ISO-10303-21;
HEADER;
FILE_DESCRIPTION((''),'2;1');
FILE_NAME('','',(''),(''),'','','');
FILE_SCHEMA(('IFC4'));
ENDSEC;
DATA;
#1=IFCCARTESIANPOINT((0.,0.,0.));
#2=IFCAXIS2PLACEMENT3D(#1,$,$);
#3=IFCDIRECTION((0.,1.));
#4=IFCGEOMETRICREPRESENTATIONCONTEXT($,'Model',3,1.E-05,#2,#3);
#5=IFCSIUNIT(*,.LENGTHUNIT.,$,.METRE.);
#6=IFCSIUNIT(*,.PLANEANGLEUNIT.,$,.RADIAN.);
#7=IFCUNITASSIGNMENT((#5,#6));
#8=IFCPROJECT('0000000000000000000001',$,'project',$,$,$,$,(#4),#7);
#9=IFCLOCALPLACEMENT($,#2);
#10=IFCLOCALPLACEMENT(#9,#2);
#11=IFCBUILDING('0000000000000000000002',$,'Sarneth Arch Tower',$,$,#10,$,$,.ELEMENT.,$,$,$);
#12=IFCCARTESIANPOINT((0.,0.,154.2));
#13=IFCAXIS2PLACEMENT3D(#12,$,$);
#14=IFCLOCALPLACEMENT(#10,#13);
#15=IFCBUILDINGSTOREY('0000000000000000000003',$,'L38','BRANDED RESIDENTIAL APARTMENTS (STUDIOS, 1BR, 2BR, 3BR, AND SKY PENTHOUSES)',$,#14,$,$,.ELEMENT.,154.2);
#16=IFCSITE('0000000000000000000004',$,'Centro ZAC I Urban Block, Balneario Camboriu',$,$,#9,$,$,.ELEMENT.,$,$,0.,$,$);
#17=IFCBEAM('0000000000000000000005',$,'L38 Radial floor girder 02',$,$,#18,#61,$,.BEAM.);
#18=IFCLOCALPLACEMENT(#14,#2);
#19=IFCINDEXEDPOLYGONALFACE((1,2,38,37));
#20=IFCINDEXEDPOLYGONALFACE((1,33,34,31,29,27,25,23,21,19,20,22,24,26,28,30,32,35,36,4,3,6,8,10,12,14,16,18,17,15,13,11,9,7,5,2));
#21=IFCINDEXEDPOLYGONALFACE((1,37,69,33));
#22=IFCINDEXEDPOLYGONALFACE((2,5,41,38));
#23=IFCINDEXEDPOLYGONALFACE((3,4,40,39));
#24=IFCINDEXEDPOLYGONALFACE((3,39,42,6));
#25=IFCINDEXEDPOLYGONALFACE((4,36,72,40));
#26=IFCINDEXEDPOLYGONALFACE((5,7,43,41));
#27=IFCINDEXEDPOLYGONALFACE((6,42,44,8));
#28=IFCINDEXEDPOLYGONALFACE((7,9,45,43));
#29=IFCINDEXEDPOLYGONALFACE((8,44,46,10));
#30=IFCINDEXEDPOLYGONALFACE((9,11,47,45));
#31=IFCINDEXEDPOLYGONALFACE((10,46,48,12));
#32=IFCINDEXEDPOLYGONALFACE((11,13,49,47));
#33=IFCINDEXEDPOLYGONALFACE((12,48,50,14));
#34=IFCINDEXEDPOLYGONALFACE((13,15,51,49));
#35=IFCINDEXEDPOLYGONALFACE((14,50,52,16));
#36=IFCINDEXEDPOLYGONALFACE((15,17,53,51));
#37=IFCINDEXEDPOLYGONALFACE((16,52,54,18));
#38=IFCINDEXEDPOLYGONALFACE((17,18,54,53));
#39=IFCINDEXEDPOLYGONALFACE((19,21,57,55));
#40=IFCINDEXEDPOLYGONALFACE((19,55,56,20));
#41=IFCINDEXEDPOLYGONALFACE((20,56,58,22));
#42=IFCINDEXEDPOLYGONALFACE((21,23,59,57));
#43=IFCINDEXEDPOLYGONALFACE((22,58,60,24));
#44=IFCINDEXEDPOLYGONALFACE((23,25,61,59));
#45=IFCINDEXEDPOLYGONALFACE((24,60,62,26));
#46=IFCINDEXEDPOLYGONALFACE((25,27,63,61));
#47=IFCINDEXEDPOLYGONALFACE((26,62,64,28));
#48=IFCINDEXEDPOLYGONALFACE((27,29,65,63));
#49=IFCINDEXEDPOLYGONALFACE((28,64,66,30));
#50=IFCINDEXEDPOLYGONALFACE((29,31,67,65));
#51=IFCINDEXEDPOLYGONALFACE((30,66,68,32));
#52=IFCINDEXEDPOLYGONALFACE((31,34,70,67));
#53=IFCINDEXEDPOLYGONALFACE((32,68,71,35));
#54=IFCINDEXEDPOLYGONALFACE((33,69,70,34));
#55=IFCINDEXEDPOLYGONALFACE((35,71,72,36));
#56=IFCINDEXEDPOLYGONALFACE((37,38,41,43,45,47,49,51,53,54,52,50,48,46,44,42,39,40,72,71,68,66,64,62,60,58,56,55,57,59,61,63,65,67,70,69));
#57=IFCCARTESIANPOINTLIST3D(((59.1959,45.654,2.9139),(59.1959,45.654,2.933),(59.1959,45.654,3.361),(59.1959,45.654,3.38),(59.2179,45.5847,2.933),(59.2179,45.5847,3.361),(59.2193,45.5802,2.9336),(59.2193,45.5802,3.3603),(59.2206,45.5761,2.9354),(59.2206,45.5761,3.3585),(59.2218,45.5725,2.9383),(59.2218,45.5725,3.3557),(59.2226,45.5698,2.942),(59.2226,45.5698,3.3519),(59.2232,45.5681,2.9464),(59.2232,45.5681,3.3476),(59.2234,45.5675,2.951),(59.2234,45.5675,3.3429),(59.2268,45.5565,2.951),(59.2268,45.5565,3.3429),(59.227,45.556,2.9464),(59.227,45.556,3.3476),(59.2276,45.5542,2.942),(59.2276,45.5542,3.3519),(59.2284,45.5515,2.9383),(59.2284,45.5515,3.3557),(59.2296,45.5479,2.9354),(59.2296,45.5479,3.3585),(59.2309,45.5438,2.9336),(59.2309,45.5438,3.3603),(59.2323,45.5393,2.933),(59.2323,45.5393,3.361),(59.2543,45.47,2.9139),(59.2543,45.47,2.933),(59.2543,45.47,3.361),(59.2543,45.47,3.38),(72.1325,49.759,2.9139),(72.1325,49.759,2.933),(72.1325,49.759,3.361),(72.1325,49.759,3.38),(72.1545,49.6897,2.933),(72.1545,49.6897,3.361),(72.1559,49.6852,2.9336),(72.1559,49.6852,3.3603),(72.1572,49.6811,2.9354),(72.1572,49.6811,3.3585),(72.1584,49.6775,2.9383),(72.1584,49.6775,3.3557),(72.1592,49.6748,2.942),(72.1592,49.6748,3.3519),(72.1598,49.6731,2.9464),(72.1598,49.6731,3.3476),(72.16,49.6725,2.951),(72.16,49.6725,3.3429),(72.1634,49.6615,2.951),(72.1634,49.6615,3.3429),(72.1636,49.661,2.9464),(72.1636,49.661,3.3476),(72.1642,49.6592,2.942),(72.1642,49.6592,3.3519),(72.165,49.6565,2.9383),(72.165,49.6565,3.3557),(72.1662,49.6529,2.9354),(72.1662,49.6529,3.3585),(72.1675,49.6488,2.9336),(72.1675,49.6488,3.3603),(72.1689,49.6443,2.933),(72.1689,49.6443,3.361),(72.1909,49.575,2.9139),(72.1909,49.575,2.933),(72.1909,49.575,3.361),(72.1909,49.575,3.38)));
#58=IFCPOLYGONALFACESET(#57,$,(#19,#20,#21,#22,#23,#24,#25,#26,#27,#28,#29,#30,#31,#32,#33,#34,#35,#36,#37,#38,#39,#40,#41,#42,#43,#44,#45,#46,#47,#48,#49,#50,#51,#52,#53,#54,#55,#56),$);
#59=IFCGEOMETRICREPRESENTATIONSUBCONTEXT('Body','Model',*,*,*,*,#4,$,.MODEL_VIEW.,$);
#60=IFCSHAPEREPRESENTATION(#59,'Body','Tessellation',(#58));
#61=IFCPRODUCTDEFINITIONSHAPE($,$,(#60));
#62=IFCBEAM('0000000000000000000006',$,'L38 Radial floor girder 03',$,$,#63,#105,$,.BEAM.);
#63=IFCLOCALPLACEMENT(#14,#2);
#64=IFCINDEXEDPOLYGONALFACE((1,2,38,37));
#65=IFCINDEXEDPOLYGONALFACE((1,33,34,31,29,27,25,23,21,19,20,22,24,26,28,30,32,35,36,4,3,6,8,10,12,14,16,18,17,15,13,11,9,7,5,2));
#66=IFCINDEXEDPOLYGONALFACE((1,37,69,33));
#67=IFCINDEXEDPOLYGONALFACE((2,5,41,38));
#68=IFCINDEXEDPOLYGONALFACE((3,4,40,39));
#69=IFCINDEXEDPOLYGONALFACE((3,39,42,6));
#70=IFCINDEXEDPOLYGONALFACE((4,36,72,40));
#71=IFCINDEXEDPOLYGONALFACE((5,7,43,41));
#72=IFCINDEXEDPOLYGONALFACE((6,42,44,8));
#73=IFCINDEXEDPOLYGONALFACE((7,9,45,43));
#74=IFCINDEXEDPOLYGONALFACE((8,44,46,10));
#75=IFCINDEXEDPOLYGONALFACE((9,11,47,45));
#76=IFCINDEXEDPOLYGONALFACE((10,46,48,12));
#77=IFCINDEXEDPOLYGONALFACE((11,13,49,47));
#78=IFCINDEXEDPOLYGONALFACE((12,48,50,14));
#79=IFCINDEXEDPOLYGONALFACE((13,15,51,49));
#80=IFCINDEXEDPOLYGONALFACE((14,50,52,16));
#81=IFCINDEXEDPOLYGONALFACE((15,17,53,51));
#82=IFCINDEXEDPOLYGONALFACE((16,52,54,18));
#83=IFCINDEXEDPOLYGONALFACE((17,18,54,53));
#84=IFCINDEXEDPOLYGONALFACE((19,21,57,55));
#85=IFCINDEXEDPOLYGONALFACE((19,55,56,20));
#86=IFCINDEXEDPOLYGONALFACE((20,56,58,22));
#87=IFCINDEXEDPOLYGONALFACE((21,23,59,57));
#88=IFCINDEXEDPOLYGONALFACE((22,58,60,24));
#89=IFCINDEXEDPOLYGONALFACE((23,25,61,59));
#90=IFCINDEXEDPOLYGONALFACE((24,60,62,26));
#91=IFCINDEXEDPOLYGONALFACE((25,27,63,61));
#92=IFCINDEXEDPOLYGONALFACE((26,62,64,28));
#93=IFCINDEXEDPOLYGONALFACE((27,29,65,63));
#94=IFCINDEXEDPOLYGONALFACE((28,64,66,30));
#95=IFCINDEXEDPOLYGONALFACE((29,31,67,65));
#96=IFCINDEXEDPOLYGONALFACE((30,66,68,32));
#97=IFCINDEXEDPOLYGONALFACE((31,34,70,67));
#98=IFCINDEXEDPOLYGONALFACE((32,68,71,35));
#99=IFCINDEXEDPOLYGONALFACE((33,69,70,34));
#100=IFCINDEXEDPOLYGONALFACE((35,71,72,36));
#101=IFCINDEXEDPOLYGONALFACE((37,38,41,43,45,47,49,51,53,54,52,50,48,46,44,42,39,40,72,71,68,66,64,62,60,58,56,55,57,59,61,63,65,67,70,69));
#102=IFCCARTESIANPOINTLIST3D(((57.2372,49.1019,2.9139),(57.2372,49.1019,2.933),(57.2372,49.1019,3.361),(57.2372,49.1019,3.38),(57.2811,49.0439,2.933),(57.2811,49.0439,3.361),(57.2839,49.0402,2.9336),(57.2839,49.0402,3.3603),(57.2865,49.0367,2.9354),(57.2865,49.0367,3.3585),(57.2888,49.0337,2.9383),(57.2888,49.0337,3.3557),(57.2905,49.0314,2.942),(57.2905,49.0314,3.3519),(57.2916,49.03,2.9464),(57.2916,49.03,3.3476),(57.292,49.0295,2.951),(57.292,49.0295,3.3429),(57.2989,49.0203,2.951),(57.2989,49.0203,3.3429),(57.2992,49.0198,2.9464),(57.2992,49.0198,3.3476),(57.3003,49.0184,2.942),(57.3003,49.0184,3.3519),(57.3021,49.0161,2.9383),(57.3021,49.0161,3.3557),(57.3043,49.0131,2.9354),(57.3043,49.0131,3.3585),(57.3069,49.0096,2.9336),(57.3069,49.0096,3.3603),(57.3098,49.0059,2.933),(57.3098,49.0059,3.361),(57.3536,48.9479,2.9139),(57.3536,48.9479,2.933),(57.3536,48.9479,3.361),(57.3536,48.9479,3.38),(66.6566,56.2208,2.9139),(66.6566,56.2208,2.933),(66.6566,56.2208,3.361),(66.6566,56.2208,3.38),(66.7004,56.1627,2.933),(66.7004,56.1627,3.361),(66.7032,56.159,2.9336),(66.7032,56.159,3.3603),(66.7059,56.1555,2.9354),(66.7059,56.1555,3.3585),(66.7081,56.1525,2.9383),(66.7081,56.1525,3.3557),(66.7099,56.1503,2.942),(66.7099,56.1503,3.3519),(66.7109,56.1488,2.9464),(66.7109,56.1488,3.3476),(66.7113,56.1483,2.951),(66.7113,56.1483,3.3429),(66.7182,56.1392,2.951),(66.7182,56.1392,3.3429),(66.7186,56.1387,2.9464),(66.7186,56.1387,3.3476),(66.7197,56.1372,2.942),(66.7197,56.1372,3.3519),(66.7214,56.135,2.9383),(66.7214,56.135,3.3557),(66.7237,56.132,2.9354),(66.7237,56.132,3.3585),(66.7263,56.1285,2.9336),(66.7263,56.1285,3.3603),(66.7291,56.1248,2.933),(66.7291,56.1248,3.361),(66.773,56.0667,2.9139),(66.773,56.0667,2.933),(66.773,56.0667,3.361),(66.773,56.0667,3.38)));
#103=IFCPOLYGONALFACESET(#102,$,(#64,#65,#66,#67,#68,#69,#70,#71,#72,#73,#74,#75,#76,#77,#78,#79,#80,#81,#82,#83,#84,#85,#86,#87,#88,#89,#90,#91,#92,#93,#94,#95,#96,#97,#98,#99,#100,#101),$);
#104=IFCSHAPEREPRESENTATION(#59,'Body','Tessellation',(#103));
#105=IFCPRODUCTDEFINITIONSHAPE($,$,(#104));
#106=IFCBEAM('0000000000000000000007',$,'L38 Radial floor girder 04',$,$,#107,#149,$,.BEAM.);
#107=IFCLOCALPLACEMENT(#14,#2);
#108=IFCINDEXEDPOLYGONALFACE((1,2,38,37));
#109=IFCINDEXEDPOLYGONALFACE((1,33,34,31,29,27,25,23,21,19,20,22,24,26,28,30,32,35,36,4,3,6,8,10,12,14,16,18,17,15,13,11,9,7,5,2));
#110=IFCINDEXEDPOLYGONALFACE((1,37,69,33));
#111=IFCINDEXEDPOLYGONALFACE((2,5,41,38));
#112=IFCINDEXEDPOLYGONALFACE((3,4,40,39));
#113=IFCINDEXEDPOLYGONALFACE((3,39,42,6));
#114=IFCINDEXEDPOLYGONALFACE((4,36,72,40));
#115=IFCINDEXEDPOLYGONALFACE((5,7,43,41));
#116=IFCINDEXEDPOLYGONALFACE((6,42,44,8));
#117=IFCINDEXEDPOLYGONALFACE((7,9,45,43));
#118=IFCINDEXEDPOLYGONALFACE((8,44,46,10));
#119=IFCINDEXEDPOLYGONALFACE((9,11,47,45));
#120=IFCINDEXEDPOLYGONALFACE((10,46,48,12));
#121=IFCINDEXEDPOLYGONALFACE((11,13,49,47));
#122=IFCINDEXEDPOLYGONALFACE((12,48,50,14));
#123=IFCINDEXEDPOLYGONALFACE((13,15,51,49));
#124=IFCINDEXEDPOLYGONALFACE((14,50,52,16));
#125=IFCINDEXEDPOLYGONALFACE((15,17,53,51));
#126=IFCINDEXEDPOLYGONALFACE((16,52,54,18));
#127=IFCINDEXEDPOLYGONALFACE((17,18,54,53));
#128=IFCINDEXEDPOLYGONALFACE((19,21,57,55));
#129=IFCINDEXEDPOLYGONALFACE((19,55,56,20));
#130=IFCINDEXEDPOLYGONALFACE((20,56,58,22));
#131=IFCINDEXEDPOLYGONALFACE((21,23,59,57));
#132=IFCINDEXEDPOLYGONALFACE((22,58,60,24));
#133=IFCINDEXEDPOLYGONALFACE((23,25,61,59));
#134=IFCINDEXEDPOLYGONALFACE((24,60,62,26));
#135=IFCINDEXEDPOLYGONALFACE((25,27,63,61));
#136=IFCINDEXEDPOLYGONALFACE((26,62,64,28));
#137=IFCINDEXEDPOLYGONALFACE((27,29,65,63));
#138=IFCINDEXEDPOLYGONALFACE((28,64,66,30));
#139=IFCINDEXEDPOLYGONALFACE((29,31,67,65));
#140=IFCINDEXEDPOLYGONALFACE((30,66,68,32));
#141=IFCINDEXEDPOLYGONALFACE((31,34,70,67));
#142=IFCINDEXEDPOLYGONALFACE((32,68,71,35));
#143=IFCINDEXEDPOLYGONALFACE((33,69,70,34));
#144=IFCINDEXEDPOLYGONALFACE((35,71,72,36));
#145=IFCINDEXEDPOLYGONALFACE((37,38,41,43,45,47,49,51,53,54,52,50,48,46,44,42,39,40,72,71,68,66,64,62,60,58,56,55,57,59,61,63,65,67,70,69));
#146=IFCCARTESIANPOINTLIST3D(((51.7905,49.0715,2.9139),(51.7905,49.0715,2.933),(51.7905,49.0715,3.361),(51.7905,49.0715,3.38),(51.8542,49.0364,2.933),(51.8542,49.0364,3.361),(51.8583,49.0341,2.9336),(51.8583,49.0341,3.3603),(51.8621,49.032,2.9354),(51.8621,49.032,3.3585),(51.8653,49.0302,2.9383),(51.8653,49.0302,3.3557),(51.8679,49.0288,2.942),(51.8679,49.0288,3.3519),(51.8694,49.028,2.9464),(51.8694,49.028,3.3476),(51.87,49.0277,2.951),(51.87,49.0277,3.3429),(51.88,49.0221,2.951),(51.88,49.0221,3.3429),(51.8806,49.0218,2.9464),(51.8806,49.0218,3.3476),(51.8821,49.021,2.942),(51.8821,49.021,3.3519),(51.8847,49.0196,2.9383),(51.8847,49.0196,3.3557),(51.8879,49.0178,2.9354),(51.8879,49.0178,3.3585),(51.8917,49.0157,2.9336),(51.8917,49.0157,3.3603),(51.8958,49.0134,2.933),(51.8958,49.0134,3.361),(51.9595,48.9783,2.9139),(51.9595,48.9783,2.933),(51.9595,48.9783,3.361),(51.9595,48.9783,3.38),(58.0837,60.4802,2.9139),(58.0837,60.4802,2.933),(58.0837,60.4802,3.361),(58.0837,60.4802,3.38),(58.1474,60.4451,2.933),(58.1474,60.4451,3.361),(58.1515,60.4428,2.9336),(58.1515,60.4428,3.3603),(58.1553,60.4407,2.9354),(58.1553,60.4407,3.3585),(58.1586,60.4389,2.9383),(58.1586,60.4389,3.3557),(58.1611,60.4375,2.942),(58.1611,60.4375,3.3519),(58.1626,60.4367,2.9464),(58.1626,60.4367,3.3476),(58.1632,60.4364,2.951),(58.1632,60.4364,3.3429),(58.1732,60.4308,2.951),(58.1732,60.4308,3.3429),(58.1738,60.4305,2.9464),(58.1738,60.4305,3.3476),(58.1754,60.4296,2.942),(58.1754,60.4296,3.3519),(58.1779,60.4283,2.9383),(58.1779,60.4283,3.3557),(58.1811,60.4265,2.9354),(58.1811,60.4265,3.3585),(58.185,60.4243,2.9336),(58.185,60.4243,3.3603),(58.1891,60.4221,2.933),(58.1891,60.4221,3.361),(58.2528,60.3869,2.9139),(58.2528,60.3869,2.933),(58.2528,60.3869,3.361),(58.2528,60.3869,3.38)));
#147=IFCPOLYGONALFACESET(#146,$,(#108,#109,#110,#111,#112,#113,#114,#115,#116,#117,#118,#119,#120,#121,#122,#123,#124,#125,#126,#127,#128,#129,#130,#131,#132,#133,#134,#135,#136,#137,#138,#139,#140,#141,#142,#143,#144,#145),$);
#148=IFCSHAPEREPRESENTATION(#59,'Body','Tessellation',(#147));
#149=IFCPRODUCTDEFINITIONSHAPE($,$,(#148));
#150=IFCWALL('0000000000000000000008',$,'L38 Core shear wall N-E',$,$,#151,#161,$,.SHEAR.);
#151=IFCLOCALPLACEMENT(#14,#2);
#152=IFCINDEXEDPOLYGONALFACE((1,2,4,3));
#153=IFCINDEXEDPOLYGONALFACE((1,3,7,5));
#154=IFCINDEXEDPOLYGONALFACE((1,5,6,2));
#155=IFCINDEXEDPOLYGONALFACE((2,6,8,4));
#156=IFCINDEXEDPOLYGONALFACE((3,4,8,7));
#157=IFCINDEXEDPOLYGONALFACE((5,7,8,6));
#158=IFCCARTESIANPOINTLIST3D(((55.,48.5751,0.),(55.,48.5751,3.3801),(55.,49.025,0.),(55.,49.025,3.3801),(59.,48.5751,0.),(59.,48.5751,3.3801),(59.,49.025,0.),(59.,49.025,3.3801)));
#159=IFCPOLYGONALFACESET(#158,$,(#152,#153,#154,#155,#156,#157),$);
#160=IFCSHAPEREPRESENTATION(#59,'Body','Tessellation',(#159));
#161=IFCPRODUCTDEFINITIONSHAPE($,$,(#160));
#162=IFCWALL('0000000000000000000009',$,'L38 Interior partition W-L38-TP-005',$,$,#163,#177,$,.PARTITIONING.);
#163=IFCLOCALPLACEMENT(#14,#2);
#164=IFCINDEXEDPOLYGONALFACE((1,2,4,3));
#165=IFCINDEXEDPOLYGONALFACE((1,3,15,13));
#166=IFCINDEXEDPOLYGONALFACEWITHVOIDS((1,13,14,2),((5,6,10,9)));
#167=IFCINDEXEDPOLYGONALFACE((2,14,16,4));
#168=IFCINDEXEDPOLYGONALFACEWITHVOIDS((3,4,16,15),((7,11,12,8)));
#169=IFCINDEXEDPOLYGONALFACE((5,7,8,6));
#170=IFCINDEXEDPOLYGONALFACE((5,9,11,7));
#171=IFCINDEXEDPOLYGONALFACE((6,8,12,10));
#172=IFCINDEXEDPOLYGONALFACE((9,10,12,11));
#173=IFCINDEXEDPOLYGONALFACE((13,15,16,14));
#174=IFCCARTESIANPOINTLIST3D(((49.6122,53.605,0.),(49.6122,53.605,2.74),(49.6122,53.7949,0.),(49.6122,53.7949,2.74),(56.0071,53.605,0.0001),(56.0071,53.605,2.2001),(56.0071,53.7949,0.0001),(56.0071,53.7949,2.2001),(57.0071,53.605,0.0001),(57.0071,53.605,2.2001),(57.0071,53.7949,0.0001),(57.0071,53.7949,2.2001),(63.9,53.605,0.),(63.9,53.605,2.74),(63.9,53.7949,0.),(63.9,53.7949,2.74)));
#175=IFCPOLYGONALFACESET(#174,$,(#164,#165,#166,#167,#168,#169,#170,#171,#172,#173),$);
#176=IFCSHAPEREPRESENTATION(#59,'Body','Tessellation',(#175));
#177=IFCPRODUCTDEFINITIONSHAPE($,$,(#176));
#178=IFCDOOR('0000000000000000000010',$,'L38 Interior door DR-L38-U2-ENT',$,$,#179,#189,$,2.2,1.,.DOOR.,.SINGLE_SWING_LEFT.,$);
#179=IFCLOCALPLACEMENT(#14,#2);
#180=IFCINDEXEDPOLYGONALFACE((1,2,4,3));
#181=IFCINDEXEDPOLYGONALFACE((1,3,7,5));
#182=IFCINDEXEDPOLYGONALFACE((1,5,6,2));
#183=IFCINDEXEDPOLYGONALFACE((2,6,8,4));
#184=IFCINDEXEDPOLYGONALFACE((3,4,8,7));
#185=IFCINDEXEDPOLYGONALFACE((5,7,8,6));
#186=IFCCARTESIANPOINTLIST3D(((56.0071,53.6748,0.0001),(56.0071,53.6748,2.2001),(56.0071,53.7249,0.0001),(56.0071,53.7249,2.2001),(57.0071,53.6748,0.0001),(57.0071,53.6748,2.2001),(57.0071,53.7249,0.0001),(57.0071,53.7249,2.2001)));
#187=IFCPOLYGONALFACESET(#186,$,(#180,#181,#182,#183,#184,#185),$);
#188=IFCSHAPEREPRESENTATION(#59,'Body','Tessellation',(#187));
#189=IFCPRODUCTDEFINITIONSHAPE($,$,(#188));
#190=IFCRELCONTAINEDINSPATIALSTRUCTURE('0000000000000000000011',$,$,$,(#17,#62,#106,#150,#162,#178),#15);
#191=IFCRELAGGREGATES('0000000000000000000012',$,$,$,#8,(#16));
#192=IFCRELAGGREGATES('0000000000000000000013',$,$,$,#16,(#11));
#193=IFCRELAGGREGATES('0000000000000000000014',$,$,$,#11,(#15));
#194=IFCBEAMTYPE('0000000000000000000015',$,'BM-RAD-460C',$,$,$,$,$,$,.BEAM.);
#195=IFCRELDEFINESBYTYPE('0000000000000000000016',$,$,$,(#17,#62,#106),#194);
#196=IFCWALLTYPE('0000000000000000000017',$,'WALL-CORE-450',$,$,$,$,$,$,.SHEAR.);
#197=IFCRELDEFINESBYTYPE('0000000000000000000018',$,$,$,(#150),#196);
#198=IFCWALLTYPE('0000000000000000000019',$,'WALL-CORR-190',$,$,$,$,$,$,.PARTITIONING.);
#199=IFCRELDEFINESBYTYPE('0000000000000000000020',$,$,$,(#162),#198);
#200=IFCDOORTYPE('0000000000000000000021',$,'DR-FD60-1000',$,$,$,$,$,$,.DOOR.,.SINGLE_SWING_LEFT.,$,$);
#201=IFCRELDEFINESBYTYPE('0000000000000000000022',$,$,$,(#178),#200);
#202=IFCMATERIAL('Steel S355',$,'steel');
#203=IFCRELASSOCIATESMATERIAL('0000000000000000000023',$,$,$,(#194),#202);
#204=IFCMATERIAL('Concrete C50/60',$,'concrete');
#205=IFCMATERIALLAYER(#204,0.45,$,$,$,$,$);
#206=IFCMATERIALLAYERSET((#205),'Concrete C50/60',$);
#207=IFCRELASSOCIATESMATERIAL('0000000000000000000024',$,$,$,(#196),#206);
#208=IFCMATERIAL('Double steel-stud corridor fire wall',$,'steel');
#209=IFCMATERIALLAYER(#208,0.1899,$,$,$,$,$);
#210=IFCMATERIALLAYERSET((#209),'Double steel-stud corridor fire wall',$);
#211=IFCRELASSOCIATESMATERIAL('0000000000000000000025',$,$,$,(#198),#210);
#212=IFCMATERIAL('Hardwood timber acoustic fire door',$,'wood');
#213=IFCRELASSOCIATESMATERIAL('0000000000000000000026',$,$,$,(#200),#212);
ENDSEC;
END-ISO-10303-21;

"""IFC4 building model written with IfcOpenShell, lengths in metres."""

from ifc_helpers import new_model, si_unit, direction, frame, frame_2d, origin, origin_2d, place, context, subcontext, project, spatial, rectangle, i_section, extrude, material, layer, layer_set, material_profile, profile_set, type_object, element, fill, save


model = new_model("IFC4")

# Units and contexts
model_context = context("Model", 3, precision=1e-05, world=origin(), true_north=direction((0.0, 1.0)))
body_context = subcontext(model_context, "Body", "Model", "MODEL_VIEW")
ifc_project = project(units=[si_unit("LENGTHUNIT", "METRE"), si_unit("PLANEANGLEUNIT", "RADIAN")], contexts=[model_context])

# Site, building, storey
site_placement = place(None, origin())
site = spatial("IfcSite", under=ifc_project, at=site_placement, Name="Centro ZAC I Urban Block, Balneario Camboriu", CompositionType="ELEMENT", RefElevation=0.0)
building_placement = place(site_placement, origin())
building = spatial("IfcBuilding", under=site, at=building_placement, Name="Sarneth Arch Tower", CompositionType="ELEMENT")
storey_placement = place(building_placement, frame((0.0, 0.0, 154.2)))
storey = spatial("IfcBuildingStorey", under=building, at=storey_placement, Name="L38", Description="BRANDED RESIDENTIAL APARTMENTS (STUDIOS, 1BR, 2BR, 3BR, AND SKY PENTHOUSES)", CompositionType="ELEMENT", Elevation=154.2)

# Beams
ifc_material_1 = material(Name="Steel S355", Category="steel")
ifc_material_profile_1 = material_profile(ifc_material_1, i_section(OverallWidth=0.1931, OverallDepth=0.4661, WebThickness=0.0115, FlangeThickness=0.019, FilletRadius=0.0181, at=origin_2d()), Name="W460x97")
ifc_profile_set_1 = profile_set([ifc_material_profile_1], Name="Steel S355")
beam_type_1 = type_object("IfcBeamType", Name="BM-RAD-460C", PredefinedType="BEAM", material=ifc_profile_set_1)
beam_1_placement = place(storey_placement, frame((59.2251, 45.562, 3.147), z_axis=(0.953164, 0.302455, 0.0), x_axis=(-0.302455, 0.953164, 0.0)))
element("IfcBeam", 1, at=beam_1_placement, inside=storey, type_object=beam_type_1, Name="L38 Radial floor girder 02", PredefinedType="BEAM", context=body_context, shape_type="SweptSolid", body=[
    extrude(i_section(OverallWidth=0.1931, OverallDepth=0.4661, WebThickness=0.0115, FlangeThickness=0.019, FilletRadius=0.0181, at=origin_2d()), origin(), (0.0, 0.0, 1.0), 13.5723),
])
beam_2_placement = place(storey_placement, frame((57.2954, 49.0249, 3.147), z_axis=(0.797786, 0.60294, 0.0), x_axis=(-0.60294, 0.797786, 0.0)))
element("IfcBeam", 2, at=beam_2_placement, inside=storey, type_object=beam_type_1, Name="L38 Radial floor girder 03", PredefinedType="BEAM", context=body_context, shape_type="SweptSolid", body=[
    extrude(i_section(OverallWidth=0.1931, OverallDepth=0.4661, WebThickness=0.0115, FlangeThickness=0.019, FilletRadius=0.0181, at=origin_2d()), origin(), (0.0, 0.0, 1.0), 11.8069),
])
beam_3_placement = place(storey_placement, frame((51.875, 49.0249, 3.147), z_axis=(0.483005, 0.875618, 0.0), x_axis=(-0.875618, 0.483005, 0.0)))
element("IfcBeam", 3, at=beam_3_placement, inside=storey, type_object=beam_type_1, Name="L38 Radial floor girder 04", PredefinedType="BEAM", context=body_context, shape_type="SweptSolid", body=[
    extrude(i_section(OverallWidth=0.1931, OverallDepth=0.4661, WebThickness=0.0115, FlangeThickness=0.019, FilletRadius=0.0181, at=origin_2d()), origin(), (0.0, 0.0, 1.0), 13.0293),
])

# Wall
ifc_material_2 = material(Name="Concrete C50/60", Category="concrete")
ifc_layer_1 = layer(ifc_material_2, 0.45)
ifc_layer_set_1 = layer_set([ifc_layer_1], Name="Concrete C50/60")
wall_type_1 = type_object("IfcWallType", Name="WALL-CORE-450", PredefinedType="SHEAR", material=ifc_layer_set_1)
wall_1_placement = place(storey_placement, frame((55.0, 48.8, 0.0), z_axis=(0.0, 0.0, 1.0), x_axis=(1.0, 0.0, 0.0)))
element("IfcWall", 4, at=wall_1_placement, inside=storey, type_object=wall_type_1, Name="L38 Core shear wall N-E", PredefinedType="SHEAR", context=body_context, shape_type="SweptSolid", body=[
    extrude(rectangle(XDim=4.0, YDim=0.45, at=frame_2d((2.0, 0.0))), origin(), (0.0, 0.0, 1.0), 3.3801),
])

# Wall, opening, door
ifc_material_3 = material(Name="Double steel-stud corridor fire wall", Category="steel")
ifc_layer_2 = layer(ifc_material_3, 0.1899)
ifc_layer_set_2 = layer_set([ifc_layer_2], Name="Double steel-stud corridor fire wall")
wall_type_2 = type_object("IfcWallType", Name="WALL-CORR-190", PredefinedType="PARTITIONING", material=ifc_layer_set_2)
wall_2_placement = place(storey_placement, frame((49.6121, 53.7, 0.0), z_axis=(0.0, 0.0, 1.0), x_axis=(1.0, 0.0, 0.0)))
wall_2 = element("IfcWall", 5, at=wall_2_placement, inside=storey, type_object=wall_type_2, Name="L38 Interior partition W-L38-TP-005", PredefinedType="PARTITIONING", context=body_context, shape_type="SweptSolid", body=[
    extrude(rectangle(XDim=14.2878, YDim=0.1899, at=frame_2d((7.144, 0.0))), origin(), (0.0, 0.0, 1.0), 2.74),
])
opening_1_placement = place(wall_2_placement, frame((6.395, 0.0, 0.0)))
opening_1 = element("IfcOpeningElement", 6, at=opening_1_placement, cuts=wall_2, PredefinedType="OPENING", context=body_context, shape_type="SweptSolid", body=[
    extrude(rectangle(XDim=1.0, YDim=2.2, at=frame_2d((0.5, 1.1001))), frame((0.0, 0.105, 0.0), z_axis=(0.0, -1.0, 0.0), x_axis=(1.0, 0.0, 0.0)), (0.0, 0.0, 1.0), 0.21),
])
ifc_material_4 = material(Name="Hardwood timber acoustic fire door", Category="wood")
door_type_1 = type_object("IfcDoorType", Name="DR-FD60-1000", OperationType="SINGLE_SWING_LEFT", PredefinedType="DOOR", material=ifc_material_4)
door_1_placement = place(opening_1_placement, origin())
door_1 = element("IfcDoor", 7, at=door_1_placement, inside=storey, type_object=door_type_1, Name="L38 Interior door DR-L38-U2-ENT", OperationType="SINGLE_SWING_LEFT", OverallHeight=2.2, OverallWidth=1.0, PredefinedType="DOOR", context=body_context, shape_type="SweptSolid", body=[
    extrude(rectangle(XDim=1.0, YDim=2.2, at=frame_2d((0.5, 1.1001))), frame((0.0, 0.0249, 0.0), z_axis=(0.0, -1.0, 0.0), x_axis=(1.0, 0.0, 0.0)), (0.0, 0.0, 1.0), 0.05),
])
fill(opening_1, door_1)

save(model, "model.ifc")
